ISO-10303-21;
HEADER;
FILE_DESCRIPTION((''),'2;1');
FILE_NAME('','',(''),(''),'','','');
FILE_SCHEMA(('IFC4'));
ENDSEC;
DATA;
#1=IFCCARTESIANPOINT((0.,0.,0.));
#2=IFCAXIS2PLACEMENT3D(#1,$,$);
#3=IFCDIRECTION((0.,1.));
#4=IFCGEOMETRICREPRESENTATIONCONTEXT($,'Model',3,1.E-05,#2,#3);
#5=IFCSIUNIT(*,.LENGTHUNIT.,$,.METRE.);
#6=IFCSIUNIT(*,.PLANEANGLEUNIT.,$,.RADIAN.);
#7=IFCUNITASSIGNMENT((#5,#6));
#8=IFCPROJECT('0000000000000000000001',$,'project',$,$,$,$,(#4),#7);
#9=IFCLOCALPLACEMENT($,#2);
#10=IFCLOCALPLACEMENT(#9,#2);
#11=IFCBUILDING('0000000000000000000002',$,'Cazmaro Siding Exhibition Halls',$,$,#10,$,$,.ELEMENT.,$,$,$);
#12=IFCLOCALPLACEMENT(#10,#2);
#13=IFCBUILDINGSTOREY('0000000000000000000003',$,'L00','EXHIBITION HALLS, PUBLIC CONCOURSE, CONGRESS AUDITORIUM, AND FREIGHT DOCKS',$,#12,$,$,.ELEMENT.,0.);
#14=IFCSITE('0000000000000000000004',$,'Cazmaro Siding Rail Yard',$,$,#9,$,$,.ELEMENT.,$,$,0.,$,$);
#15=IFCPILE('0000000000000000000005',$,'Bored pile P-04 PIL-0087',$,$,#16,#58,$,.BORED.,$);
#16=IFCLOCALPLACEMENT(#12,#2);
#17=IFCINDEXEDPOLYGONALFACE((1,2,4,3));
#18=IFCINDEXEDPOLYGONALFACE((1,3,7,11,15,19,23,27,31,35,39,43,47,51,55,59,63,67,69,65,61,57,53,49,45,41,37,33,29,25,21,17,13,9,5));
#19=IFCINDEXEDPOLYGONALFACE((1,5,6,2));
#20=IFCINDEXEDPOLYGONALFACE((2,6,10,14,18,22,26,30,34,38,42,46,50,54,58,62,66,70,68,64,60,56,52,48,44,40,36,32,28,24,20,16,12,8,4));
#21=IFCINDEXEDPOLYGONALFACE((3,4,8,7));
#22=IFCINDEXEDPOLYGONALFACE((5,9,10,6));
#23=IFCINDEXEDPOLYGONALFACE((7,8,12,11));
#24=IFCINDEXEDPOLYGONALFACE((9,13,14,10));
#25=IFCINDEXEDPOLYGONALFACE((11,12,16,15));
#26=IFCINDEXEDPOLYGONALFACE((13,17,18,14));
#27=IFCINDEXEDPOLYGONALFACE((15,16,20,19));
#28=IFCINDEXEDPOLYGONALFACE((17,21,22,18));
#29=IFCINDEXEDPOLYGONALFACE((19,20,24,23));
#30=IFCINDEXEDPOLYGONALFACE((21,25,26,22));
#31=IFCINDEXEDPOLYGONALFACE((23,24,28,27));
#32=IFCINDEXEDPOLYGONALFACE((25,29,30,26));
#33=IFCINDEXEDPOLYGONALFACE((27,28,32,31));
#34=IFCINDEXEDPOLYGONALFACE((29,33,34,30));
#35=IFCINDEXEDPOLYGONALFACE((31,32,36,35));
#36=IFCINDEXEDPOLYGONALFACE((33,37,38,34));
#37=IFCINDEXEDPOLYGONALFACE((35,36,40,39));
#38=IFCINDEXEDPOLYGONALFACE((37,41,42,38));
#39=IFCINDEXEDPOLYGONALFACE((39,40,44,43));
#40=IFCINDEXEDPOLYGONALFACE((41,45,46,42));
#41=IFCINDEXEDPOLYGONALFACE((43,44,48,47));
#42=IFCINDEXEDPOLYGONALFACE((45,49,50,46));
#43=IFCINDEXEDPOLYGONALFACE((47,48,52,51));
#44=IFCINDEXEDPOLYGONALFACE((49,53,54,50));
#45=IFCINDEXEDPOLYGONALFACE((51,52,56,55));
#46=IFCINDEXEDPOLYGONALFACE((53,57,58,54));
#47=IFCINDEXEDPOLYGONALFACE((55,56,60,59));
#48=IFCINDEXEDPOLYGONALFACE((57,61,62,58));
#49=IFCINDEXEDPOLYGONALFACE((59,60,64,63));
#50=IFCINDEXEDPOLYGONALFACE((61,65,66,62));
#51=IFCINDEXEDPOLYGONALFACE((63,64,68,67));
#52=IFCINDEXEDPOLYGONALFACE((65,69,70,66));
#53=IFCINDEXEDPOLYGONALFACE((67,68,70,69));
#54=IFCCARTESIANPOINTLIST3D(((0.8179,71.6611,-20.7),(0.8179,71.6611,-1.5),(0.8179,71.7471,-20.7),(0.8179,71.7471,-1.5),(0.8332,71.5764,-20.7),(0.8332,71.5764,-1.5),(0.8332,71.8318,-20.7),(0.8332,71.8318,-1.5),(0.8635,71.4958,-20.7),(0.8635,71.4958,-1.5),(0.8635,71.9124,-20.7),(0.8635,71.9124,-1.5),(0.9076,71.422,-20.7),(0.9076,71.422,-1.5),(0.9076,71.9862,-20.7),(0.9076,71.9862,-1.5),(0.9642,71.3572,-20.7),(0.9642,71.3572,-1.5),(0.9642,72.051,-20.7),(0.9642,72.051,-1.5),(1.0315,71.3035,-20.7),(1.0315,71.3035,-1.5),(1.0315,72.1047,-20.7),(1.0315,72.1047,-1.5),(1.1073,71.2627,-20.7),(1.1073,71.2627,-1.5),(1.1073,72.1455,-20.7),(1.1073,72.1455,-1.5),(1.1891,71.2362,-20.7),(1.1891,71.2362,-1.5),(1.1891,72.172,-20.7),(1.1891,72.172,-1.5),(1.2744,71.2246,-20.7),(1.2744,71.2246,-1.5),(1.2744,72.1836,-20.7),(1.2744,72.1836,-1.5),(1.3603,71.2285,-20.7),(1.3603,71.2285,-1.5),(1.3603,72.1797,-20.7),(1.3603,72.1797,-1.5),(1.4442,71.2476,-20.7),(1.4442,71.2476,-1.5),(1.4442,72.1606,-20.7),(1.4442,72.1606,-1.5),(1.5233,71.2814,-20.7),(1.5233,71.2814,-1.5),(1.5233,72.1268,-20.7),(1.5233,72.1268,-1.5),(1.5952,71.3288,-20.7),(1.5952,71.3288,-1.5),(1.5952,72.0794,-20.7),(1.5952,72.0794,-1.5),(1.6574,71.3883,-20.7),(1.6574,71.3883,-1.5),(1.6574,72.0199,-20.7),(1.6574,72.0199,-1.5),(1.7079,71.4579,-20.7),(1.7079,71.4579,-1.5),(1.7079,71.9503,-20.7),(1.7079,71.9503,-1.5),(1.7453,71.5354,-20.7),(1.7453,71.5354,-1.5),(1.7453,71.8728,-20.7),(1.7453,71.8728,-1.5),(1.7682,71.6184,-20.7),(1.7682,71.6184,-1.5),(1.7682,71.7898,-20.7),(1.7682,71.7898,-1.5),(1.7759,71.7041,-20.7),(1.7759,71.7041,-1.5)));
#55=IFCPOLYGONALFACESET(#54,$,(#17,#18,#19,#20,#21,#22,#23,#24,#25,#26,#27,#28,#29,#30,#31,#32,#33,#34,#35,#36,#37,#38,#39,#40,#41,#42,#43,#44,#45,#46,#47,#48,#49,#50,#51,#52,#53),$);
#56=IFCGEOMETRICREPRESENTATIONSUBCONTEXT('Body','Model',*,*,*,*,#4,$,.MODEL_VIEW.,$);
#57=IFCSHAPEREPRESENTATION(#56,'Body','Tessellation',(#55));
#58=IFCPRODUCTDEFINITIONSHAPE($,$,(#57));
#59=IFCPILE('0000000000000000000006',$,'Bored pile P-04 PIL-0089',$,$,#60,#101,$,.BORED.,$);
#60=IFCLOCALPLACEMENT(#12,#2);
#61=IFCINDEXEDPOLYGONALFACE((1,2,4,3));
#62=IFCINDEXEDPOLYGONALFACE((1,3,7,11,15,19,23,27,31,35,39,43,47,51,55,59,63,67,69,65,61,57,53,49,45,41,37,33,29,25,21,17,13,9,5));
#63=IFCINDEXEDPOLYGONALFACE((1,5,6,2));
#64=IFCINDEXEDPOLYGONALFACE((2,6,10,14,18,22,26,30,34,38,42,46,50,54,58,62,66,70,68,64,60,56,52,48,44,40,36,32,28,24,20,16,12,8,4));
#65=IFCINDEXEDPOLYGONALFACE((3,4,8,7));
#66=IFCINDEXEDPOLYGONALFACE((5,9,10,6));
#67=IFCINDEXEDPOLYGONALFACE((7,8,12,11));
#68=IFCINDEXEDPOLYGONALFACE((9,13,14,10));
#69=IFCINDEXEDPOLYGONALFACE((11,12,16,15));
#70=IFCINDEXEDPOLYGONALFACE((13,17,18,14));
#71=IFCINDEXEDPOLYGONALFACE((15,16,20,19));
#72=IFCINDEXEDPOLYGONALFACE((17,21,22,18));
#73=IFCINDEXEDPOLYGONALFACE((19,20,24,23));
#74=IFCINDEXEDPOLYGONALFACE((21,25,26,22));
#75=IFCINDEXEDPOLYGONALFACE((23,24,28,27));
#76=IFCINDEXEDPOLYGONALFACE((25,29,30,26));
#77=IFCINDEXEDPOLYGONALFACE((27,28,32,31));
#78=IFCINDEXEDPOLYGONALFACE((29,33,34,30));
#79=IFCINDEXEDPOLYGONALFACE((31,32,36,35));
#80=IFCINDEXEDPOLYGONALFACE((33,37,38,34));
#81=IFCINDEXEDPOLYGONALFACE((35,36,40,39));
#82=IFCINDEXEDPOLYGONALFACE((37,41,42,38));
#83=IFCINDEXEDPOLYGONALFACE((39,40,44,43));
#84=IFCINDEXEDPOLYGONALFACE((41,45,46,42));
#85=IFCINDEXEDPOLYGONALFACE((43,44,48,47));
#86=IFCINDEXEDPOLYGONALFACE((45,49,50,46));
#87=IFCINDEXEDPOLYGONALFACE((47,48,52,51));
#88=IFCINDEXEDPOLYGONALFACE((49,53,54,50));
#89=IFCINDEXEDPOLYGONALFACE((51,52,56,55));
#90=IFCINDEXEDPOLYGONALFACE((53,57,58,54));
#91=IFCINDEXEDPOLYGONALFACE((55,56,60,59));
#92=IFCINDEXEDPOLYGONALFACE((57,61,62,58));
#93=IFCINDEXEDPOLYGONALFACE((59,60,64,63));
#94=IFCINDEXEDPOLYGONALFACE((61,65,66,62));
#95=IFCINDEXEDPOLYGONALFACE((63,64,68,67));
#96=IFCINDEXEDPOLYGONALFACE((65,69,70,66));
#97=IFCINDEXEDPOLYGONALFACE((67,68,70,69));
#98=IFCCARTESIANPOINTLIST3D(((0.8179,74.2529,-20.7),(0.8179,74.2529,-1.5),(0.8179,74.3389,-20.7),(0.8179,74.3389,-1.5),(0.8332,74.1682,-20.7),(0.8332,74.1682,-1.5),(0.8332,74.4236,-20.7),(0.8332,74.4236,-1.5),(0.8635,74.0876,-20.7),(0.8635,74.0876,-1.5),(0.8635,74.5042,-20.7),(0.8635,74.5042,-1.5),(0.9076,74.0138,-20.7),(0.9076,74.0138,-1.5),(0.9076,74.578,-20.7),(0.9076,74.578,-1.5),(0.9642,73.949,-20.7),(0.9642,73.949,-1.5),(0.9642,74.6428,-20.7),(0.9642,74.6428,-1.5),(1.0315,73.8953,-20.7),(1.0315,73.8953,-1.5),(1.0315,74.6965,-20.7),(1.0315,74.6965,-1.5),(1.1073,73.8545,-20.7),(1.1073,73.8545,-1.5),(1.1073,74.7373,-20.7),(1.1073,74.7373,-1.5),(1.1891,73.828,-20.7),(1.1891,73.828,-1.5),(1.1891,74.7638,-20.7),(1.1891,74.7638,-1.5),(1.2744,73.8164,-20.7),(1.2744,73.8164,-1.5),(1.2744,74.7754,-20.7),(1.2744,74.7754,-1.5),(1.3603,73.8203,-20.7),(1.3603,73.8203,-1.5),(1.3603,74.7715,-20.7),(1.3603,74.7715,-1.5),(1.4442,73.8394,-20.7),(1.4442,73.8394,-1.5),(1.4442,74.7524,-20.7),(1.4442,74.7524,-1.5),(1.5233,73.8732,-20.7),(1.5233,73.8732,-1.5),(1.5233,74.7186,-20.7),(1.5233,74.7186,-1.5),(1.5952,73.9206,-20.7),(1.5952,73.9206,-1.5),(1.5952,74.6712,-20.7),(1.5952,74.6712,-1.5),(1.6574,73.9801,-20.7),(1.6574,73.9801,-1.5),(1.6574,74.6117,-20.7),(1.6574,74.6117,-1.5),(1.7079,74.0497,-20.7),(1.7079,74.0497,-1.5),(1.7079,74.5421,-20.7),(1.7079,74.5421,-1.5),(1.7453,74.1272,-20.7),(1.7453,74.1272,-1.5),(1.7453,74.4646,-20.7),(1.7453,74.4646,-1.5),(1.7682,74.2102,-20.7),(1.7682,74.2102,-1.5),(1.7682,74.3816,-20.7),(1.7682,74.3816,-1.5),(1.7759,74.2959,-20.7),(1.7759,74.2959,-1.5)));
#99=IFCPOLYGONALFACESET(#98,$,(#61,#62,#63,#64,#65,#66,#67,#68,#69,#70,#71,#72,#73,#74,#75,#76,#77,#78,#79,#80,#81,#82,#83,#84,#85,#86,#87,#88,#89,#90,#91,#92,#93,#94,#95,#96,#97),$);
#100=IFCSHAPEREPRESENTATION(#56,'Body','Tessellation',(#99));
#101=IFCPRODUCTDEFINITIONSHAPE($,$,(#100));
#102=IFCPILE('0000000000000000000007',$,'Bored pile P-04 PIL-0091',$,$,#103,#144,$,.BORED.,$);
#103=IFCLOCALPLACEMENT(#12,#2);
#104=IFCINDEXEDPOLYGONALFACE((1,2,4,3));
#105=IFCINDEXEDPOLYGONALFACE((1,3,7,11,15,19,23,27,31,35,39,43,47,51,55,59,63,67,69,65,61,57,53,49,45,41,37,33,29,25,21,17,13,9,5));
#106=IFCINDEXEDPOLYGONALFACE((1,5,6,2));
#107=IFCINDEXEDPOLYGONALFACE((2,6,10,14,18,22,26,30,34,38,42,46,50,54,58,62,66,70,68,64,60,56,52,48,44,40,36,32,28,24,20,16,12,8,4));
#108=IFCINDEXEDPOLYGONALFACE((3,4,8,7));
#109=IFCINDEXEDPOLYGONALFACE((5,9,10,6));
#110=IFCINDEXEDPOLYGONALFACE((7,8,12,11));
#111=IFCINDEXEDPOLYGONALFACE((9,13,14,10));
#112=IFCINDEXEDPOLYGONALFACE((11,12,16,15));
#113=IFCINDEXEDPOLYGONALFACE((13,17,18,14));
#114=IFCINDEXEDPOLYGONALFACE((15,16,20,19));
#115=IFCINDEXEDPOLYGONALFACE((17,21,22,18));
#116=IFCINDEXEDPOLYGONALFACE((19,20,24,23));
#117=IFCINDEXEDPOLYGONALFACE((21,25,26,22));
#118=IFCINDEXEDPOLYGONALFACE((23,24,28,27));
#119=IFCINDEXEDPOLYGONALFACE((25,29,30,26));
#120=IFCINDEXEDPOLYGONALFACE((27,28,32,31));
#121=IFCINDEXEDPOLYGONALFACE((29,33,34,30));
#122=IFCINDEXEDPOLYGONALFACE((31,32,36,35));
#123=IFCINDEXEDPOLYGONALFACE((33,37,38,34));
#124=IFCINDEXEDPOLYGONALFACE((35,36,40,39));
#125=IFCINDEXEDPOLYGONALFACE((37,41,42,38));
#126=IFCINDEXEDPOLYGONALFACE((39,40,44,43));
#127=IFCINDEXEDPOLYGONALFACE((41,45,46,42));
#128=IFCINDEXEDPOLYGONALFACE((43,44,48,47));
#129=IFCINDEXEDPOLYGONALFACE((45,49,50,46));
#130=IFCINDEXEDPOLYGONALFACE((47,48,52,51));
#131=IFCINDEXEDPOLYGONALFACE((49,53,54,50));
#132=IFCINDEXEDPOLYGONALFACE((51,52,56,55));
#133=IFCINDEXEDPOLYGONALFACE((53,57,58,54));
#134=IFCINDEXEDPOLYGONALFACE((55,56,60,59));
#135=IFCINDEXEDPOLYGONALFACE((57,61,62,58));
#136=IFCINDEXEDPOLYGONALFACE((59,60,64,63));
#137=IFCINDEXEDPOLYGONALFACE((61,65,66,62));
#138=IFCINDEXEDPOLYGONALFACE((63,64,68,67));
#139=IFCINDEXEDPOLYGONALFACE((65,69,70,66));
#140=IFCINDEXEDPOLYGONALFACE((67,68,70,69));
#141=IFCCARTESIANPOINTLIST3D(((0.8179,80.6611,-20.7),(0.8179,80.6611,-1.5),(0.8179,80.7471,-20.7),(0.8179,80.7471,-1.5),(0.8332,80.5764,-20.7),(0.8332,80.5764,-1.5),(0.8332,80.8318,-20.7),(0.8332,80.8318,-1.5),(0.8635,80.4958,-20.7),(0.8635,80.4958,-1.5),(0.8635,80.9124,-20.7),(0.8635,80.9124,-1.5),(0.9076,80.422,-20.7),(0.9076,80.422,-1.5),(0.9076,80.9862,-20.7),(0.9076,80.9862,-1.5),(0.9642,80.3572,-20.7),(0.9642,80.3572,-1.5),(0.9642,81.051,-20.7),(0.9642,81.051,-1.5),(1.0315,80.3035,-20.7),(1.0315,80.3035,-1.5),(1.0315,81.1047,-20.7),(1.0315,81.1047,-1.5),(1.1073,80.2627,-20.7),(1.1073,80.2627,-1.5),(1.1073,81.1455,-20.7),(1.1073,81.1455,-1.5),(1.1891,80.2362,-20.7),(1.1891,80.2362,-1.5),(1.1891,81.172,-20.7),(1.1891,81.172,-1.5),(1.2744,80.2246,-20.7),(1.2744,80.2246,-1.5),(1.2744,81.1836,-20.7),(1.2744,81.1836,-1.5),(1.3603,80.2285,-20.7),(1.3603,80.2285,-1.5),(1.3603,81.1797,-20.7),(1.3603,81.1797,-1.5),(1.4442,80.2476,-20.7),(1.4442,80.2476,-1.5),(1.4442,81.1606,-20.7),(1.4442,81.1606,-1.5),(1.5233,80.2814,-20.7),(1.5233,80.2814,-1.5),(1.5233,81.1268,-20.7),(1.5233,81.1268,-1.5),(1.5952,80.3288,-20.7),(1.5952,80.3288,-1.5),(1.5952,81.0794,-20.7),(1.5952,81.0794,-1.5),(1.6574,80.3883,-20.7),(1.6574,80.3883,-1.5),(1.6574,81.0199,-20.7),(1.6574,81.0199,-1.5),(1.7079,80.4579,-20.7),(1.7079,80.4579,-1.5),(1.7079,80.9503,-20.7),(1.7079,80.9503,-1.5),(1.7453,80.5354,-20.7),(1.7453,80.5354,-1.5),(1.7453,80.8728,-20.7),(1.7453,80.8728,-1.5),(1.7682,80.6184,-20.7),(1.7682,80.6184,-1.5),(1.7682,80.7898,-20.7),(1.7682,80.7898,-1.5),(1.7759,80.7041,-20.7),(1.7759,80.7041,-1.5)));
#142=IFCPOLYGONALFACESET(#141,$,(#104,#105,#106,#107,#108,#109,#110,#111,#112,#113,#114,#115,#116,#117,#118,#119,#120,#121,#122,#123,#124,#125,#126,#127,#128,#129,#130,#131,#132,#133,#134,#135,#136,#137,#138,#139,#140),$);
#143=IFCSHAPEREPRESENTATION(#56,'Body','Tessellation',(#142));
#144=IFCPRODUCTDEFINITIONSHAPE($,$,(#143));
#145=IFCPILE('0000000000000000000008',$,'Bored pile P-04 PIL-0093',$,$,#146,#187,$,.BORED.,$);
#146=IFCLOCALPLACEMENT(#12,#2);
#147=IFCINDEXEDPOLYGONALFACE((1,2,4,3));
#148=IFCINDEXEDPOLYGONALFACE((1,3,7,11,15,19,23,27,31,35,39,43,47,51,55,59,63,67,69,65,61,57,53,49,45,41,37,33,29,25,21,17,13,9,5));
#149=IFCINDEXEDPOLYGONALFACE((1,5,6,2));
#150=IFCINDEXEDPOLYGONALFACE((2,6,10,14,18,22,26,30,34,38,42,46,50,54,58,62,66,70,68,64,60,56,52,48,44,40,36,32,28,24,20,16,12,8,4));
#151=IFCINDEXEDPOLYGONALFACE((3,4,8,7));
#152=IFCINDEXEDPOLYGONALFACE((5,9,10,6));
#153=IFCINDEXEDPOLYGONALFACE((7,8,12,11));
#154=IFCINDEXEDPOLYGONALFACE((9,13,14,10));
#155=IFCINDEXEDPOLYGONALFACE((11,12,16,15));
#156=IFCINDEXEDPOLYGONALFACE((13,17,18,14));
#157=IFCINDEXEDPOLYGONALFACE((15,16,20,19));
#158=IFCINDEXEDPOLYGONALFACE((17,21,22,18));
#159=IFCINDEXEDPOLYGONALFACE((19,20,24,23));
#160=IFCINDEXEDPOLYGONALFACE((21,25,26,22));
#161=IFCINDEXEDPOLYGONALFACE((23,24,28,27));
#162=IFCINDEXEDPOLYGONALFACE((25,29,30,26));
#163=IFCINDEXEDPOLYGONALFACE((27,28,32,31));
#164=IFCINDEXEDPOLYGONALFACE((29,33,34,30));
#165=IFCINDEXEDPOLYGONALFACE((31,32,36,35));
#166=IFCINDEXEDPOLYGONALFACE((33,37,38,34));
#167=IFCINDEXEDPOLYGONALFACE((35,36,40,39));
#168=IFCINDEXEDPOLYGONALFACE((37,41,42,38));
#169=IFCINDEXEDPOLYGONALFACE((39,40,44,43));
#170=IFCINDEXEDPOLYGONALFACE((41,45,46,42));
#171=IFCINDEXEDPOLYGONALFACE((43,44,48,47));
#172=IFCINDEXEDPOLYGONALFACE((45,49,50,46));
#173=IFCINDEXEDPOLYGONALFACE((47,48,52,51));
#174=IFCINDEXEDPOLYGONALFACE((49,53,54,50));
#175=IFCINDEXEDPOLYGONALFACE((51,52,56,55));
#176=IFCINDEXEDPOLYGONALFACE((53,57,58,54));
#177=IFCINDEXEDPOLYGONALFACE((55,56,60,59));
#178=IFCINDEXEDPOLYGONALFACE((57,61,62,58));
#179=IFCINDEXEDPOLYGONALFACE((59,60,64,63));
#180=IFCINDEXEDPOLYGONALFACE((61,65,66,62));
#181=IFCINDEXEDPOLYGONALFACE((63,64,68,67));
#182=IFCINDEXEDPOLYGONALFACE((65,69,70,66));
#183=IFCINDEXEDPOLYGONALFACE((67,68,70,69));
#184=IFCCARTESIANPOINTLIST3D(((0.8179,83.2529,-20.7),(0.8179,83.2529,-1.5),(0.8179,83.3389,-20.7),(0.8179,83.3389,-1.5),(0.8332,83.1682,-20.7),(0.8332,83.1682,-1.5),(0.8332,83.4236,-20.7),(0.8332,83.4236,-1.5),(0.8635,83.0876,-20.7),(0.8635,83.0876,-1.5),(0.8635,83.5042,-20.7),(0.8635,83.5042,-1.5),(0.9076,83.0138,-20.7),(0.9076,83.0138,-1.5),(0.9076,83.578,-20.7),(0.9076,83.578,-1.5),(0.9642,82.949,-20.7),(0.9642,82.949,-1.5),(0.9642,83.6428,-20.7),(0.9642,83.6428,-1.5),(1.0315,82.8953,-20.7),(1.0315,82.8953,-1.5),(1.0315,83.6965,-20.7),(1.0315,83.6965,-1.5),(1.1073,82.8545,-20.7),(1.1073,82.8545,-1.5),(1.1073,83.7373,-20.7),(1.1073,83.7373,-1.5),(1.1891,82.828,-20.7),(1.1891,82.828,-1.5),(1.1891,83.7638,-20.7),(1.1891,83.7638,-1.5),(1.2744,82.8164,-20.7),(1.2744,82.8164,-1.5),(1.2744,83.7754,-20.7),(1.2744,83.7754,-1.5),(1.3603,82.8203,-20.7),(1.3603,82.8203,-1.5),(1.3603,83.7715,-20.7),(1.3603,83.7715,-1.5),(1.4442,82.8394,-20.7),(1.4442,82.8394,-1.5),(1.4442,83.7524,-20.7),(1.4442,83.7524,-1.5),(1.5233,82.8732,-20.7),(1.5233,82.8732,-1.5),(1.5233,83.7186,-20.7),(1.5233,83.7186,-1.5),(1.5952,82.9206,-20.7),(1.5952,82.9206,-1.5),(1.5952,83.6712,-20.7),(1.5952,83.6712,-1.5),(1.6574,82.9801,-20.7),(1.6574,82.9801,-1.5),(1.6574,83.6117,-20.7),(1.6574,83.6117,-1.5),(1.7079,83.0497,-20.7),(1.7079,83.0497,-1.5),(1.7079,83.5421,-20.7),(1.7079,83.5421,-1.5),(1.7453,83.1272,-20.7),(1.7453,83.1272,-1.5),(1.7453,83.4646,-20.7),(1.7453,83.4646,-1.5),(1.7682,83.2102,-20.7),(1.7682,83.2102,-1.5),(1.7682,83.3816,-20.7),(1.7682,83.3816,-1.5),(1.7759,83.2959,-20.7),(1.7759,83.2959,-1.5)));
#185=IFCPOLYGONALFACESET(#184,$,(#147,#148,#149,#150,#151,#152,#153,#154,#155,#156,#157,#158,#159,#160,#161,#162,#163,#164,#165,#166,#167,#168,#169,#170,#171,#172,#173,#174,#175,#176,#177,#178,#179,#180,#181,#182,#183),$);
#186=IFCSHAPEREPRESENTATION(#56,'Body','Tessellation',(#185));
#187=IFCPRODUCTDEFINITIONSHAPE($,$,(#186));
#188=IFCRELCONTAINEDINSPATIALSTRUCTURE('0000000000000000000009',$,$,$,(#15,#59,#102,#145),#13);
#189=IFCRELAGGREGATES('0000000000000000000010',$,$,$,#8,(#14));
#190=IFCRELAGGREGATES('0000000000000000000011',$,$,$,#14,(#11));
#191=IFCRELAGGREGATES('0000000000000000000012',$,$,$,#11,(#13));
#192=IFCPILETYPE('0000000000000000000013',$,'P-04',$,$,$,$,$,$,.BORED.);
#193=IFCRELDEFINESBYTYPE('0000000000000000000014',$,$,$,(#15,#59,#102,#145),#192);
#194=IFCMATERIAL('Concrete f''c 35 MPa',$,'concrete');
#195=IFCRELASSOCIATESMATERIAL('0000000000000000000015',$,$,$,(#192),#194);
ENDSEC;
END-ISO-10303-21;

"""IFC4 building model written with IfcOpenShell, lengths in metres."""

from ifc_helpers import new_model, si_unit, direction, frame, origin, origin_2d, place, context, subcontext, project, spatial, circle, extrude, material, material_profile, profile_set, type_object, element, save


model = new_model("IFC4")

# Units and contexts
model_context = context("Model", 3, precision=1e-05, world=origin(), true_north=direction((0.0, 1.0)))
body_context = subcontext(model_context, "Body", "Model", "MODEL_VIEW")
ifc_project = project(units=[si_unit("LENGTHUNIT", "METRE"), si_unit("PLANEANGLEUNIT", "RADIAN")], contexts=[model_context])

# Site, building, storey
site_placement = place(None, origin())
site = spatial("IfcSite", under=ifc_project, at=site_placement, Name="Cazmaro Siding Rail Yard", CompositionType="ELEMENT", RefElevation=0.0)
building_placement = place(site_placement, origin())
building = spatial("IfcBuilding", under=site, at=building_placement, Name="Cazmaro Siding Exhibition Halls", CompositionType="ELEMENT")
storey_placement = place(building_placement, origin())
storey = spatial("IfcBuildingStorey", under=building, at=storey_placement, Name="L00", Description="EXHIBITION HALLS, PUBLIC CONCOURSE, CONGRESS AUDITORIUM, AND FREIGHT DOCKS", CompositionType="ELEMENT", Elevation=0.0)

# Piles
ifc_material_1 = material(Name="Concrete f'c 35 MPa", Category="concrete")
ifc_material_profile_1 = material_profile(ifc_material_1, circle(Radius=0.48, at=origin_2d()), Name="CIDH-960")
ifc_profile_set_1 = profile_set([ifc_material_profile_1], Name="Concrete f'c 35 MPa")
pile_type = type_object("IfcPileType", Name="P-04", PredefinedType="BORED", material=ifc_profile_set_1)
for number, where, z_axis, x_axis, name in (
    (1, (1.2959, 71.7041, -1.5), (0.0, 0.0, -1.0), (1.0, 0.0, 0.0), "Bored pile P-04 PIL-0087"),
    (2, (1.2959, 74.2959, -1.5), (0.0, 0.0, -1.0), (1.0, 0.0, 0.0), "Bored pile P-04 PIL-0089"),
    (3, (1.2959, 80.7041, -1.5), (0.0, 0.0, -1.0), (1.0, 0.0, 0.0), "Bored pile P-04 PIL-0091"),
    (4, (1.2959, 83.2959, -1.5), (0.0, 0.0, -1.0), (1.0, 0.0, 0.0), "Bored pile P-04 PIL-0093"),
):
    element("IfcPile", number, at=place(storey_placement, frame(where, z_axis=z_axis, x_axis=x_axis)), inside=storey, type_object=pile_type, Name=name, PredefinedType="BORED", context=body_context, shape_type="SweptSolid", body=[
        extrude(circle(Radius=0.48, at=origin_2d()), origin(), (0.0, 0.0, 1.0), 19.2),
    ])

save(model, "model.ifc")
